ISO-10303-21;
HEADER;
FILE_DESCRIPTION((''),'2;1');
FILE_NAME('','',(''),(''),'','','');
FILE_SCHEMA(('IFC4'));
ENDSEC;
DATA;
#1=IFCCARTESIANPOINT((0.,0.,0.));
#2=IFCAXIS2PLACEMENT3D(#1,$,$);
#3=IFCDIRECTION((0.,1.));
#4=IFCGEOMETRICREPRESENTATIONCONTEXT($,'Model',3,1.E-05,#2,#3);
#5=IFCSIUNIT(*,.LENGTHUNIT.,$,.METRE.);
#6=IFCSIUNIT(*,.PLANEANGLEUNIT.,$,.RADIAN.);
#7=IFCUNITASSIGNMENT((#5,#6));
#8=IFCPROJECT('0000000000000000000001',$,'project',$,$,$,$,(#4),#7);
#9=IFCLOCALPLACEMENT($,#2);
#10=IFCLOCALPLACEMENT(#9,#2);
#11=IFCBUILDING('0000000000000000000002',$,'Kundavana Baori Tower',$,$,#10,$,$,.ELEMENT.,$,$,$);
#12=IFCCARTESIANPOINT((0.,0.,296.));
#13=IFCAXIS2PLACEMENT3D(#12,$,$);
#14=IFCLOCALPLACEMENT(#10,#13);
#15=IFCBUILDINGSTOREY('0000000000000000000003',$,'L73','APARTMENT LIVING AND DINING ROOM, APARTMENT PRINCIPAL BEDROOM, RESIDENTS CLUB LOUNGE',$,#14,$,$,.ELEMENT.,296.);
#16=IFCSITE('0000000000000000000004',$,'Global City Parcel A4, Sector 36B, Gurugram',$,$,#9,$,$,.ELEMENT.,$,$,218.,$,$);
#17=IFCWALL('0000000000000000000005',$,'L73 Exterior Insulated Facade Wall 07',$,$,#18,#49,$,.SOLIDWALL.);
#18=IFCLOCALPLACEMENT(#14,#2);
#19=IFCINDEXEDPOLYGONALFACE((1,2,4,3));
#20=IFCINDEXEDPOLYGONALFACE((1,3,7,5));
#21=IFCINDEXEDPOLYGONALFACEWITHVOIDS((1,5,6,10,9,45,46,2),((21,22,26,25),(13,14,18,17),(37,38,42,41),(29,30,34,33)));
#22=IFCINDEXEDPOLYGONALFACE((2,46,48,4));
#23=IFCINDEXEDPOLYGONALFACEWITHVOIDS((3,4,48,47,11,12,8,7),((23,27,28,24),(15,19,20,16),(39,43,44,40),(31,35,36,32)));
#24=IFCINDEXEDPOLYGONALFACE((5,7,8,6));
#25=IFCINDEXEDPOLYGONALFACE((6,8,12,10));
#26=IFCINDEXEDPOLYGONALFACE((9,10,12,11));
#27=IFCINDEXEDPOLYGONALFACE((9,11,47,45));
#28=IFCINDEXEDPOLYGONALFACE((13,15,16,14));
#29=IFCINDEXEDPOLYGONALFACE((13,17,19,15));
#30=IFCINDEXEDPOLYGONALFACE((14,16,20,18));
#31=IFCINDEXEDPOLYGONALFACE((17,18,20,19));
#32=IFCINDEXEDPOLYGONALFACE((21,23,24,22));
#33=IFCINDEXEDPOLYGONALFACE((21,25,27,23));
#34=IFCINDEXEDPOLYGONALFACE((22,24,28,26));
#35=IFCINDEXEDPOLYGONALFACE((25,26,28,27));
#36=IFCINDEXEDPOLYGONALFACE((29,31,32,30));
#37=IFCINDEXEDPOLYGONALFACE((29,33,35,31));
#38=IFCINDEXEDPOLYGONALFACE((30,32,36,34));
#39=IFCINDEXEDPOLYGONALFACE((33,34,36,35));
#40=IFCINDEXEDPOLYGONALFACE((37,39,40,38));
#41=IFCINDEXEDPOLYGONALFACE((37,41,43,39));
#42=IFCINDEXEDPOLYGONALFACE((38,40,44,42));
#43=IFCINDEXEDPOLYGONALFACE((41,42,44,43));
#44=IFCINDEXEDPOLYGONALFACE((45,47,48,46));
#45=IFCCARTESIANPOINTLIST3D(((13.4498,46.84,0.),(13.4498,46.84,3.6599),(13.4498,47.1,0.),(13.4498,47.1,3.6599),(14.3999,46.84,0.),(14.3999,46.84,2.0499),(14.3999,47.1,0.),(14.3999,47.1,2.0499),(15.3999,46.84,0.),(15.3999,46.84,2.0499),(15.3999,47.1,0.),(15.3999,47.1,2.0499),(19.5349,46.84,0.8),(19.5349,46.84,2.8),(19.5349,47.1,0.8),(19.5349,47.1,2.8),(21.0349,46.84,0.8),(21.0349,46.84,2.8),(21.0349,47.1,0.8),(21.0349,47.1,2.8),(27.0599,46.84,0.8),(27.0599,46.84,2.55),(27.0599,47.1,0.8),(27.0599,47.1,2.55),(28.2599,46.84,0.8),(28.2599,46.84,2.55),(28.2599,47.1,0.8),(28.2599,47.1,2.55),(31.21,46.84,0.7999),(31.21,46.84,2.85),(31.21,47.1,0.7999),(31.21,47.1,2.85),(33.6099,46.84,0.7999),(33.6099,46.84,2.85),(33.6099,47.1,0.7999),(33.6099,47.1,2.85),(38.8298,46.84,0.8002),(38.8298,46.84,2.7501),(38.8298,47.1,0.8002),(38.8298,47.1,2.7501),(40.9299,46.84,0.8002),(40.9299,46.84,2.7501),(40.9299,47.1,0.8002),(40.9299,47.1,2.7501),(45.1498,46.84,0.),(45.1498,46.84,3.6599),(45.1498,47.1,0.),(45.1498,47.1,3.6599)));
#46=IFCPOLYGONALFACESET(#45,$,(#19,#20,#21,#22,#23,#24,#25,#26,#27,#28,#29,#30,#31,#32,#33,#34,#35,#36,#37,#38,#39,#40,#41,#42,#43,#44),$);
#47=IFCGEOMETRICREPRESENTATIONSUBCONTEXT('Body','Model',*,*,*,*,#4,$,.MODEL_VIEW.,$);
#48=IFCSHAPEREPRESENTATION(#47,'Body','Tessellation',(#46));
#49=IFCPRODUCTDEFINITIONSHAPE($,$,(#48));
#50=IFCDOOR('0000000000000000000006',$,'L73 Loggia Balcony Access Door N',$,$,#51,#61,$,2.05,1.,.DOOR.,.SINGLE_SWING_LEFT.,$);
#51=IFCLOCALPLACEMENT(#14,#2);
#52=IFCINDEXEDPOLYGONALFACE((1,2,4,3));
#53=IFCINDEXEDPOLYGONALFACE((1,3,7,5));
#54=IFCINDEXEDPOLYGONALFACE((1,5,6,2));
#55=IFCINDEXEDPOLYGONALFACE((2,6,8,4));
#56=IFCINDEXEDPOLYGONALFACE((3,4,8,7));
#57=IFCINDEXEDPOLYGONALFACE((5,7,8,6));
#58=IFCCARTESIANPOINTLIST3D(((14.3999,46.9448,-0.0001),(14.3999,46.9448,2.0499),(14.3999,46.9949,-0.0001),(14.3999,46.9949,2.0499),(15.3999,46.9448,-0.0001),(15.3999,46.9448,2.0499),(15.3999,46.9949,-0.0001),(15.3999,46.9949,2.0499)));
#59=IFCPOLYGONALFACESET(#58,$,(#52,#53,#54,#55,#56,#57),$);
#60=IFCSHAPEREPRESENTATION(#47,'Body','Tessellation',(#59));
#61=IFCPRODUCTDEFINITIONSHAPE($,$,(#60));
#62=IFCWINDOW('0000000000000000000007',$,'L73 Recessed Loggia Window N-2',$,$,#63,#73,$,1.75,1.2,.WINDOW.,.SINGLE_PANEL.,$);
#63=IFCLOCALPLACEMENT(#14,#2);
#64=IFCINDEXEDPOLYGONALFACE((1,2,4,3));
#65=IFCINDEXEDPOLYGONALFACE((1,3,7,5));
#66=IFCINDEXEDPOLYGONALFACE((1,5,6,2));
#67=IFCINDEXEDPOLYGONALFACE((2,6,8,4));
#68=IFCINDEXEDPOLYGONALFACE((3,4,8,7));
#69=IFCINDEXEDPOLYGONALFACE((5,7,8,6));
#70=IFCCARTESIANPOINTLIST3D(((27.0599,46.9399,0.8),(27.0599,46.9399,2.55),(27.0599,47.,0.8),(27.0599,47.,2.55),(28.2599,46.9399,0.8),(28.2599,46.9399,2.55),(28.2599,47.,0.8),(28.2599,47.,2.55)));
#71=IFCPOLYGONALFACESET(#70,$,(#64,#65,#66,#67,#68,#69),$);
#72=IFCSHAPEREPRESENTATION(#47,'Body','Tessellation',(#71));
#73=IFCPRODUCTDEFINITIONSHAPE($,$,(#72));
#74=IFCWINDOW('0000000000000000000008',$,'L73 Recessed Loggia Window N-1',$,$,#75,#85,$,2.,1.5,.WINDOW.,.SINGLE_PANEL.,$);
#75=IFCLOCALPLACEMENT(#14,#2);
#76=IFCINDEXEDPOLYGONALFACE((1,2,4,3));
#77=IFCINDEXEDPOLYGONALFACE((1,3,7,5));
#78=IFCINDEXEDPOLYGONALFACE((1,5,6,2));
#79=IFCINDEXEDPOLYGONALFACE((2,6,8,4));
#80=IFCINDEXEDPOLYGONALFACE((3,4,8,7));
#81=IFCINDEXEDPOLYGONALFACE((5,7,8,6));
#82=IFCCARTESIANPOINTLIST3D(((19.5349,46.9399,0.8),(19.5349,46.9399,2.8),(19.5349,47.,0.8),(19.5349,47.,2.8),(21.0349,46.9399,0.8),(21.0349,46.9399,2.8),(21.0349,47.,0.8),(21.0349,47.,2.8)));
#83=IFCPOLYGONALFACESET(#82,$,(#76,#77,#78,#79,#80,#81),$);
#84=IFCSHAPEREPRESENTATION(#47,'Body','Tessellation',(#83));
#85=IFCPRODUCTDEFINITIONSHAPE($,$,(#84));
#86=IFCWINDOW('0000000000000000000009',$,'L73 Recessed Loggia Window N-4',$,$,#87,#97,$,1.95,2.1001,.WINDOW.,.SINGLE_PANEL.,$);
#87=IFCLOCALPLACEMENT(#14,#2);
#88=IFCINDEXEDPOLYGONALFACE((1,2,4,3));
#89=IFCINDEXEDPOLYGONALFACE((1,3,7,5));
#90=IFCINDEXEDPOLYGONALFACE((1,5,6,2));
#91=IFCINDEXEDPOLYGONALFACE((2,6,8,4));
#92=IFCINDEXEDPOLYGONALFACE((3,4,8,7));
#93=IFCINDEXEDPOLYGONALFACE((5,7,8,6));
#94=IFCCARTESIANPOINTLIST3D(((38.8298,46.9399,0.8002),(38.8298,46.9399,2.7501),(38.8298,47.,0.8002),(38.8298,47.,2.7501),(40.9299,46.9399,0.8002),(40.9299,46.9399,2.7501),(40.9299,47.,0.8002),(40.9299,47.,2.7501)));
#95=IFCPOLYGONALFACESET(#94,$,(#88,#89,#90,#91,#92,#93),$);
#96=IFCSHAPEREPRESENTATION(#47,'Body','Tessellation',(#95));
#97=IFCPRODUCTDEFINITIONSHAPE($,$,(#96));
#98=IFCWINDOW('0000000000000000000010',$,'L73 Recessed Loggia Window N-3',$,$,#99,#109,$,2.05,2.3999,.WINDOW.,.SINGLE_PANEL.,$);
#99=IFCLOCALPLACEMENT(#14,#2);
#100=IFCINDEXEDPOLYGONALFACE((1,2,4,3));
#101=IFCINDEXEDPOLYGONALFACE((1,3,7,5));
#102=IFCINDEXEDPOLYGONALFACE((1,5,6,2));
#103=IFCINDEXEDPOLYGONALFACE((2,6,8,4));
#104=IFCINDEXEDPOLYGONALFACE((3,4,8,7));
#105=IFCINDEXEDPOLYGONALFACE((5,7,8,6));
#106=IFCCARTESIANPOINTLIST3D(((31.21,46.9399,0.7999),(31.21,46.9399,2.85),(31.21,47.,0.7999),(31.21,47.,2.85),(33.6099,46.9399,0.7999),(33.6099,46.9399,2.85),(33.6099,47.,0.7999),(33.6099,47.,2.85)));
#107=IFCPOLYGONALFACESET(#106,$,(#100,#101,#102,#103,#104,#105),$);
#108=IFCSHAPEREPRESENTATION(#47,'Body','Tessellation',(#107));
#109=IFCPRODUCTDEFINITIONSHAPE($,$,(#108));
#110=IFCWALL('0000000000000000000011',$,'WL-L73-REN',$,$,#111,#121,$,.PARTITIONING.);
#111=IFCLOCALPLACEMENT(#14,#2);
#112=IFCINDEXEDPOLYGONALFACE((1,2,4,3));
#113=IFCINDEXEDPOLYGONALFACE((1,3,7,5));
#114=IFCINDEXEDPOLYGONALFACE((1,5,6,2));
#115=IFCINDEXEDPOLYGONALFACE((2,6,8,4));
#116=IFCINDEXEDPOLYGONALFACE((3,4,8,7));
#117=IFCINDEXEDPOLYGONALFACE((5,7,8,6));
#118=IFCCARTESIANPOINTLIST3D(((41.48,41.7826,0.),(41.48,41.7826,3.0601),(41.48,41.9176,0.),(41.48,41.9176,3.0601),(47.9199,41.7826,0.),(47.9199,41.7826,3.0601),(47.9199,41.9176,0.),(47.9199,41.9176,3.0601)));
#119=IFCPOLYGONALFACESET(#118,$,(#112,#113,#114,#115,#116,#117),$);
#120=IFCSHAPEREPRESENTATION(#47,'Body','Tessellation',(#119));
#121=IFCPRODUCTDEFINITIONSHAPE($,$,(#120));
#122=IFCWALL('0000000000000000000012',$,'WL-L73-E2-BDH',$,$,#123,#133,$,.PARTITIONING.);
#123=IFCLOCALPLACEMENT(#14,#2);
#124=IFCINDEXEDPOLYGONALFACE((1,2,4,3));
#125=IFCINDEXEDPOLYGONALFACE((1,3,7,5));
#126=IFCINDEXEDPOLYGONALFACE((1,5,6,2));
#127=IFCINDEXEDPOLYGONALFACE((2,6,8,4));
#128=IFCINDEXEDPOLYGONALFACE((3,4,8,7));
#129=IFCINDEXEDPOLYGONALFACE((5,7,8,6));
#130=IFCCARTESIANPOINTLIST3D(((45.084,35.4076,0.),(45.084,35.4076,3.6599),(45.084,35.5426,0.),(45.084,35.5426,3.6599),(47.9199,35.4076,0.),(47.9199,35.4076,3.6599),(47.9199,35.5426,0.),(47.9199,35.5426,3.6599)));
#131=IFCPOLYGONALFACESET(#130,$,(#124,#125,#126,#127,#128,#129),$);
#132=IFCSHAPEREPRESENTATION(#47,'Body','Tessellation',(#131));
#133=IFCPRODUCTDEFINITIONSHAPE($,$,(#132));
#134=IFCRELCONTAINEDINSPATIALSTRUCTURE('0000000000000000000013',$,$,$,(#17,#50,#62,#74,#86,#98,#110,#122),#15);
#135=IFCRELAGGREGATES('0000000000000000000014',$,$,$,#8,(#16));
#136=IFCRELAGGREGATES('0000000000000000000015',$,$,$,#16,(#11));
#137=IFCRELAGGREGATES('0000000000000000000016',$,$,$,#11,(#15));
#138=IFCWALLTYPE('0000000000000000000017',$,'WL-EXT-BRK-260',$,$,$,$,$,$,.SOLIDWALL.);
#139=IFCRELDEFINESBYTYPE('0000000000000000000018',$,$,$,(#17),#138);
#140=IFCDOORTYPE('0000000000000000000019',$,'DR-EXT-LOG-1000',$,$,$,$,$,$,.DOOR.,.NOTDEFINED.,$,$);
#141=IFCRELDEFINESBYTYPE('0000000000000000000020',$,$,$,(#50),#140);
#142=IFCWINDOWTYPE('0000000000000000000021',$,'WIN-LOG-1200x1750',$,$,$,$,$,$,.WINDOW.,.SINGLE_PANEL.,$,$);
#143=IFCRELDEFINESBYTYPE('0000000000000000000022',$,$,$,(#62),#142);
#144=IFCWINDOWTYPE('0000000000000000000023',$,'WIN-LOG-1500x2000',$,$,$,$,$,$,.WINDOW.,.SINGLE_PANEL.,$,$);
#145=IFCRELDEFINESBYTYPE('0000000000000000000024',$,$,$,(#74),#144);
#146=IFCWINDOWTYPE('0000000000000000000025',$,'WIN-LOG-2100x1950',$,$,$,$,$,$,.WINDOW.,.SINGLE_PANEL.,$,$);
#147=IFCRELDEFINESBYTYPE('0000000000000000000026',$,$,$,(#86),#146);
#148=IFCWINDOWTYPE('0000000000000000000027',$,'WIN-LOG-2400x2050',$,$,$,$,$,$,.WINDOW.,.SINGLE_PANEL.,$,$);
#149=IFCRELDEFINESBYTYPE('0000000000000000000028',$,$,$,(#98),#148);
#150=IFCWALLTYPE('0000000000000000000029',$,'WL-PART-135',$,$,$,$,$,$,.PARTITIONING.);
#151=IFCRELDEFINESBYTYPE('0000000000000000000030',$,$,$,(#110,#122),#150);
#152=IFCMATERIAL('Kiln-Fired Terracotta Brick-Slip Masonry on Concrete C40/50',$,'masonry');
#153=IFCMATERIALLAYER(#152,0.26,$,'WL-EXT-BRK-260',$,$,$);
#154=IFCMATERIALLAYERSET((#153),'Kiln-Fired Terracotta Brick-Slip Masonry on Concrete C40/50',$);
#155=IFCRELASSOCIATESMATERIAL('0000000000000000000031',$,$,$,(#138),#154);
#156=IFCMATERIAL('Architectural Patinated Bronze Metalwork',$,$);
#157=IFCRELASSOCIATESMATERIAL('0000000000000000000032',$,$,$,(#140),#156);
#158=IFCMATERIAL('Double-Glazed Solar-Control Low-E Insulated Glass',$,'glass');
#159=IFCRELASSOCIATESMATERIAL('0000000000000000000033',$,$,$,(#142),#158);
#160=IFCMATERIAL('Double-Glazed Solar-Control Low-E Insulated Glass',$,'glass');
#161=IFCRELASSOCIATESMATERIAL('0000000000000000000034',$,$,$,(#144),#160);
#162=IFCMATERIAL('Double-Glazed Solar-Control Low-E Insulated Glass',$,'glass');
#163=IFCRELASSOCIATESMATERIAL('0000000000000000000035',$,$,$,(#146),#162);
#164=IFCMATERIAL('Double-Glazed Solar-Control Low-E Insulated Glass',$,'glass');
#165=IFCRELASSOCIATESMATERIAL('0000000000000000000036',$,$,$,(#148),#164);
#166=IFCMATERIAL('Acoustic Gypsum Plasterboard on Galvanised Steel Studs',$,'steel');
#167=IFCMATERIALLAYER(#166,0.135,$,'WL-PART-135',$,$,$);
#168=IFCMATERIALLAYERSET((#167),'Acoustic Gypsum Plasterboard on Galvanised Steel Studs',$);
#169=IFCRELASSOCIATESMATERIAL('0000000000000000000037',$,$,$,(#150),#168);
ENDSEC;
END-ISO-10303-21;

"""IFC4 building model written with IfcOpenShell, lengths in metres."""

from ifc_helpers import new_model, si_unit, direction, frame, frame_2d, origin, place, context, subcontext, project, spatial, rectangle, extrude, material, layer, layer_set, type_object, element, fill, save


model = new_model("IFC4")

# Units and contexts
model_context = context("Model", 3, precision=1e-05, world=origin(), true_north=direction((0.0, 1.0)))
body_context = subcontext(model_context, "Body", "Model", "MODEL_VIEW")
ifc_project = project(units=[si_unit("LENGTHUNIT", "METRE"), si_unit("PLANEANGLEUNIT", "RADIAN")], contexts=[model_context])

# Site, building, storey
site_placement = place(None, origin())
site = spatial("IfcSite", under=ifc_project, at=site_placement, Name="Global City Parcel A4, Sector 36B, Gurugram", CompositionType="ELEMENT", RefElevation=218.0)
building_placement = place(site_placement, origin())
building = spatial("IfcBuilding", under=site, at=building_placement, Name="Kundavana Baori Tower", CompositionType="ELEMENT")
storey_placement = place(building_placement, frame((0.0, 0.0, 296.0)))
storey = spatial("IfcBuildingStorey", under=building, at=storey_placement, Name="L73", Description="APARTMENT LIVING AND DINING ROOM, APARTMENT PRINCIPAL BEDROOM, RESIDENTS CLUB LOUNGE", CompositionType="ELEMENT", Elevation=296.0)

# Shared definitions
ifc_material_1 = material(Name="Kiln-Fired Terracotta Brick-Slip Masonry on Concrete C40/50", Category="masonry")
ifc_layer_1 = layer(ifc_material_1, 0.26, Name="WL-EXT-BRK-260")
ifc_layer_set_1 = layer_set([ifc_layer_1], Name="Kiln-Fired Terracotta Brick-Slip Masonry on Concrete C40/50")
wall_type_1 = type_object("IfcWallType", Name="WL-EXT-BRK-260", PredefinedType="SOLIDWALL", material=ifc_layer_set_1)

# Wall, openings, door, windows
wall_1_placement = place(storey_placement, frame((45.1499, 46.97, 0.0), z_axis=(0.0, 0.0, 1.0), x_axis=(-1.0, 0.0, 0.0)))
wall_1 = element("IfcWall", 1, at=wall_1_placement, inside=storey, type_object=wall_type_1, Name="L73 Exterior Insulated Facade Wall 07", PredefinedType="SOLIDWALL", context=body_context, shape_type="SweptSolid", body=[
    extrude(rectangle(XDim=31.7, YDim=0.26, at=frame_2d((15.8501, 0.0))), origin(), (0.0, 0.0, 1.0), 3.6599),
])
opening_1_placement = place(wall_1_placement, frame((29.75, 0.0, 0.0)))
opening_1 = element("IfcOpeningElement", 2, at=opening_1_placement, cuts=wall_1, PredefinedType="OPENING", context=body_context, shape_type="SweptSolid", body=[
    extrude(rectangle(XDim=1.0, YDim=2.05, at=frame_2d((0.5, 1.0249))), frame((0.0, 0.1401, 0.0), z_axis=(0.0, -1.0, 0.0), x_axis=(1.0, 0.0, 0.0)), (0.0, 0.0, 1.0), 0.28),
])
opening_2_placement = place(wall_1_placement, frame((24.115, 0.0, 0.8)))
opening_2 = element("IfcOpeningElement", 3, at=opening_2_placement, cuts=wall_1, PredefinedType="OPENING", context=body_context, shape_type="SweptSolid", body=[
    extrude(rectangle(XDim=1.5, YDim=2.0, at=frame_2d((0.75, 1.0))), frame((0.0, 0.1401, 0.0), z_axis=(0.0, -1.0, 0.0), x_axis=(1.0, 0.0, 0.0)), (0.0, 0.0, 1.0), 0.28),
])
opening_3_placement = place(wall_1_placement, frame((16.8899, 0.0, 0.8)))
opening_3 = element("IfcOpeningElement", 4, at=opening_3_placement, cuts=wall_1, PredefinedType="OPENING", context=body_context, shape_type="SweptSolid", body=[
    extrude(rectangle(XDim=1.2, YDim=1.75, at=frame_2d((0.6001, 0.875))), frame((0.0, 0.1401, 0.0), z_axis=(0.0, -1.0, 0.0), x_axis=(1.0, 0.0, 0.0)), (0.0, 0.0, 1.0), 0.28),
])
opening_4_placement = place(wall_1_placement, frame((11.54, 0.0, 0.8)))
opening_4 = element("IfcOpeningElement", 5, at=opening_4_placement, cuts=wall_1, PredefinedType="OPENING", context=body_context, shape_type="SweptSolid", body=[
    extrude(rectangle(XDim=2.3999, YDim=2.05, at=frame_2d((1.2, 1.0249))), frame((0.0, 0.1401, 0.0), z_axis=(0.0, -1.0, 0.0), x_axis=(1.0, 0.0, 0.0)), (0.0, 0.0, 1.0), 0.28),
])
opening_5_placement = place(wall_1_placement, frame((4.22, 0.0, 0.8)))
opening_5 = element("IfcOpeningElement", 6, at=opening_5_placement, cuts=wall_1, PredefinedType="OPENING", context=body_context, shape_type="SweptSolid", body=[
    extrude(rectangle(XDim=2.1001, YDim=1.95, at=frame_2d((1.05, 0.9751))), frame((0.0, 0.1401, 0.0), z_axis=(0.0, -1.0, 0.0), x_axis=(1.0, 0.0, 0.0)), (0.0, 0.0, 1.0), 0.28),
])
ifc_material_2 = material(Name="Architectural Patinated Bronze Metalwork")
door_type_1 = type_object("IfcDoorType", Name="DR-EXT-LOG-1000", OperationType="NOTDEFINED", PredefinedType="DOOR", material=ifc_material_2)
door_1_placement = place(opening_1_placement, frame((1.0, 0.0, 0.0), z_axis=(0.0, 0.0, 1.0), x_axis=(-1.0, 0.0, 0.0)))
door_1 = element("IfcDoor", 7, at=door_1_placement, inside=storey, type_object=door_type_1, Name="L73 Loggia Balcony Access Door N", OperationType="SINGLE_SWING_LEFT", OverallHeight=2.05, OverallWidth=1.0, PredefinedType="DOOR", context=body_context, shape_type="SweptSolid", body=[
    extrude(rectangle(XDim=1.0, YDim=2.05, at=frame_2d((0.5, 1.0249))), frame((0.0, 0.0249, 0.0), z_axis=(0.0, -1.0, 0.0), x_axis=(1.0, 0.0, 0.0)), (0.0, 0.0, 1.0), 0.05),
])
fill(opening_1, door_1)
ifc_material_3 = material(Name="Double-Glazed Solar-Control Low-E Insulated Glass", Category="glass")
window_type_1 = type_object("IfcWindowType", Name="WIN-LOG-1200x1750", PartitioningType="SINGLE_PANEL", PredefinedType="WINDOW", material=ifc_material_3)
window_1_placement = place(opening_3_placement, origin())
window_1 = element("IfcWindow", 8, at=window_1_placement, inside=storey, type_object=window_type_1, Name="L73 Recessed Loggia Window N-2", OverallHeight=1.75, OverallWidth=1.2, PartitioningType="SINGLE_PANEL", PredefinedType="WINDOW", context=body_context, shape_type="SweptSolid", body=[
    extrude(rectangle(XDim=1.2, YDim=1.75, at=frame_2d((0.6001, 0.875))), frame((0.0, 0.03, 0.0), z_axis=(0.0, -1.0, 0.0), x_axis=(1.0, 0.0, 0.0)), (0.0, 0.0, 1.0), 0.0601),
])
fill(opening_3, window_1)
ifc_material_4 = material(Name="Double-Glazed Solar-Control Low-E Insulated Glass", Category="glass")
window_type_2 = type_object("IfcWindowType", Name="WIN-LOG-1500x2000", PartitioningType="SINGLE_PANEL", PredefinedType="WINDOW", material=ifc_material_4)
window_2_placement = place(opening_2_placement, origin())
window_2 = element("IfcWindow", 9, at=window_2_placement, inside=storey, type_object=window_type_2, Name="L73 Recessed Loggia Window N-1", OverallHeight=2.0, OverallWidth=1.5, PartitioningType="SINGLE_PANEL", PredefinedType="WINDOW", context=body_context, shape_type="SweptSolid", body=[
    extrude(rectangle(XDim=1.5, YDim=2.0, at=frame_2d((0.75, 1.0))), frame((0.0, 0.03, 0.0), z_axis=(0.0, -1.0, 0.0), x_axis=(1.0, 0.0, 0.0)), (0.0, 0.0, 1.0), 0.0601),
])
fill(opening_2, window_2)
ifc_material_5 = material(Name="Double-Glazed Solar-Control Low-E Insulated Glass", Category="glass")
window_type_3 = type_object("IfcWindowType", Name="WIN-LOG-2100x1950", PartitioningType="SINGLE_PANEL", PredefinedType="WINDOW", material=ifc_material_5)
window_3_placement = place(opening_5_placement, origin())
window_3 = element("IfcWindow", 10, at=window_3_placement, inside=storey, type_object=window_type_3, Name="L73 Recessed Loggia Window N-4", OverallHeight=1.95, OverallWidth=2.1001, PartitioningType="SINGLE_PANEL", PredefinedType="WINDOW", context=body_context, shape_type="SweptSolid", body=[
    extrude(rectangle(XDim=2.1001, YDim=1.95, at=frame_2d((1.05, 0.9751))), frame((0.0, 0.03, 0.0), z_axis=(0.0, -1.0, 0.0), x_axis=(1.0, 0.0, 0.0)), (0.0, 0.0, 1.0), 0.0601),
])
fill(opening_5, window_3)
ifc_material_6 = material(Name="Double-Glazed Solar-Control Low-E Insulated Glass", Category="glass")
window_type_4 = type_object("IfcWindowType", Name="WIN-LOG-2400x2050", PartitioningType="SINGLE_PANEL", PredefinedType="WINDOW", material=ifc_material_6)
window_4_placement = place(opening_4_placement, origin())
window_4 = element("IfcWindow", 11, at=window_4_placement, inside=storey, type_object=window_type_4, Name="L73 Recessed Loggia Window N-3", OverallHeight=2.05, OverallWidth=2.3999, PartitioningType="SINGLE_PANEL", PredefinedType="WINDOW", context=body_context, shape_type="SweptSolid", body=[
    extrude(rectangle(XDim=2.3999, YDim=2.05, at=frame_2d((1.2, 1.0249))), frame((0.0, 0.03, 0.0), z_axis=(0.0, -1.0, 0.0), x_axis=(1.0, 0.0, 0.0)), (0.0, 0.0, 1.0), 0.0601),
])
fill(opening_4, window_4)

# Walls
ifc_material_7 = material(Name="Acoustic Gypsum Plasterboard on Galvanised Steel Studs", Category="steel")
ifc_layer_2 = layer(ifc_material_7, 0.135, Name="WL-PART-135")
ifc_layer_set_2 = layer_set([ifc_layer_2], Name="Acoustic Gypsum Plasterboard on Galvanised Steel Studs")
wall_type_2 = type_object("IfcWallType", Name="WL-PART-135", PredefinedType="PARTITIONING", material=ifc_layer_set_2)
wall_2_placement = place(storey_placement, frame((41.48, 41.8501, 0.0), z_axis=(0.0, 0.0, 1.0), x_axis=(1.0, 0.0, 0.0)))
element("IfcWall", 12, at=wall_2_placement, inside=storey, type_object=wall_type_2, Name="WL-L73-REN", PredefinedType="PARTITIONING", context=body_context, shape_type="SweptSolid", body=[
    extrude(rectangle(XDim=6.4399, YDim=0.135, at=frame_2d((3.22, 0.0))), origin(), (0.0, 0.0, 1.0), 3.0601),
])
wall_3_placement = place(storey_placement, frame((45.084, 35.4751, 0.0), z_axis=(0.0, 0.0, 1.0), x_axis=(1.0, 0.0, 0.0)))
element("IfcWall", 13, at=wall_3_placement, inside=storey, type_object=wall_type_2, Name="WL-L73-E2-BDH", PredefinedType="PARTITIONING", context=body_context, shape_type="SweptSolid", body=[
    extrude(rectangle(XDim=2.8359, YDim=0.135, at=frame_2d((1.418, 0.0))), origin(), (0.0, 0.0, 1.0), 3.6599),
])

save(model, "model.ifc")
